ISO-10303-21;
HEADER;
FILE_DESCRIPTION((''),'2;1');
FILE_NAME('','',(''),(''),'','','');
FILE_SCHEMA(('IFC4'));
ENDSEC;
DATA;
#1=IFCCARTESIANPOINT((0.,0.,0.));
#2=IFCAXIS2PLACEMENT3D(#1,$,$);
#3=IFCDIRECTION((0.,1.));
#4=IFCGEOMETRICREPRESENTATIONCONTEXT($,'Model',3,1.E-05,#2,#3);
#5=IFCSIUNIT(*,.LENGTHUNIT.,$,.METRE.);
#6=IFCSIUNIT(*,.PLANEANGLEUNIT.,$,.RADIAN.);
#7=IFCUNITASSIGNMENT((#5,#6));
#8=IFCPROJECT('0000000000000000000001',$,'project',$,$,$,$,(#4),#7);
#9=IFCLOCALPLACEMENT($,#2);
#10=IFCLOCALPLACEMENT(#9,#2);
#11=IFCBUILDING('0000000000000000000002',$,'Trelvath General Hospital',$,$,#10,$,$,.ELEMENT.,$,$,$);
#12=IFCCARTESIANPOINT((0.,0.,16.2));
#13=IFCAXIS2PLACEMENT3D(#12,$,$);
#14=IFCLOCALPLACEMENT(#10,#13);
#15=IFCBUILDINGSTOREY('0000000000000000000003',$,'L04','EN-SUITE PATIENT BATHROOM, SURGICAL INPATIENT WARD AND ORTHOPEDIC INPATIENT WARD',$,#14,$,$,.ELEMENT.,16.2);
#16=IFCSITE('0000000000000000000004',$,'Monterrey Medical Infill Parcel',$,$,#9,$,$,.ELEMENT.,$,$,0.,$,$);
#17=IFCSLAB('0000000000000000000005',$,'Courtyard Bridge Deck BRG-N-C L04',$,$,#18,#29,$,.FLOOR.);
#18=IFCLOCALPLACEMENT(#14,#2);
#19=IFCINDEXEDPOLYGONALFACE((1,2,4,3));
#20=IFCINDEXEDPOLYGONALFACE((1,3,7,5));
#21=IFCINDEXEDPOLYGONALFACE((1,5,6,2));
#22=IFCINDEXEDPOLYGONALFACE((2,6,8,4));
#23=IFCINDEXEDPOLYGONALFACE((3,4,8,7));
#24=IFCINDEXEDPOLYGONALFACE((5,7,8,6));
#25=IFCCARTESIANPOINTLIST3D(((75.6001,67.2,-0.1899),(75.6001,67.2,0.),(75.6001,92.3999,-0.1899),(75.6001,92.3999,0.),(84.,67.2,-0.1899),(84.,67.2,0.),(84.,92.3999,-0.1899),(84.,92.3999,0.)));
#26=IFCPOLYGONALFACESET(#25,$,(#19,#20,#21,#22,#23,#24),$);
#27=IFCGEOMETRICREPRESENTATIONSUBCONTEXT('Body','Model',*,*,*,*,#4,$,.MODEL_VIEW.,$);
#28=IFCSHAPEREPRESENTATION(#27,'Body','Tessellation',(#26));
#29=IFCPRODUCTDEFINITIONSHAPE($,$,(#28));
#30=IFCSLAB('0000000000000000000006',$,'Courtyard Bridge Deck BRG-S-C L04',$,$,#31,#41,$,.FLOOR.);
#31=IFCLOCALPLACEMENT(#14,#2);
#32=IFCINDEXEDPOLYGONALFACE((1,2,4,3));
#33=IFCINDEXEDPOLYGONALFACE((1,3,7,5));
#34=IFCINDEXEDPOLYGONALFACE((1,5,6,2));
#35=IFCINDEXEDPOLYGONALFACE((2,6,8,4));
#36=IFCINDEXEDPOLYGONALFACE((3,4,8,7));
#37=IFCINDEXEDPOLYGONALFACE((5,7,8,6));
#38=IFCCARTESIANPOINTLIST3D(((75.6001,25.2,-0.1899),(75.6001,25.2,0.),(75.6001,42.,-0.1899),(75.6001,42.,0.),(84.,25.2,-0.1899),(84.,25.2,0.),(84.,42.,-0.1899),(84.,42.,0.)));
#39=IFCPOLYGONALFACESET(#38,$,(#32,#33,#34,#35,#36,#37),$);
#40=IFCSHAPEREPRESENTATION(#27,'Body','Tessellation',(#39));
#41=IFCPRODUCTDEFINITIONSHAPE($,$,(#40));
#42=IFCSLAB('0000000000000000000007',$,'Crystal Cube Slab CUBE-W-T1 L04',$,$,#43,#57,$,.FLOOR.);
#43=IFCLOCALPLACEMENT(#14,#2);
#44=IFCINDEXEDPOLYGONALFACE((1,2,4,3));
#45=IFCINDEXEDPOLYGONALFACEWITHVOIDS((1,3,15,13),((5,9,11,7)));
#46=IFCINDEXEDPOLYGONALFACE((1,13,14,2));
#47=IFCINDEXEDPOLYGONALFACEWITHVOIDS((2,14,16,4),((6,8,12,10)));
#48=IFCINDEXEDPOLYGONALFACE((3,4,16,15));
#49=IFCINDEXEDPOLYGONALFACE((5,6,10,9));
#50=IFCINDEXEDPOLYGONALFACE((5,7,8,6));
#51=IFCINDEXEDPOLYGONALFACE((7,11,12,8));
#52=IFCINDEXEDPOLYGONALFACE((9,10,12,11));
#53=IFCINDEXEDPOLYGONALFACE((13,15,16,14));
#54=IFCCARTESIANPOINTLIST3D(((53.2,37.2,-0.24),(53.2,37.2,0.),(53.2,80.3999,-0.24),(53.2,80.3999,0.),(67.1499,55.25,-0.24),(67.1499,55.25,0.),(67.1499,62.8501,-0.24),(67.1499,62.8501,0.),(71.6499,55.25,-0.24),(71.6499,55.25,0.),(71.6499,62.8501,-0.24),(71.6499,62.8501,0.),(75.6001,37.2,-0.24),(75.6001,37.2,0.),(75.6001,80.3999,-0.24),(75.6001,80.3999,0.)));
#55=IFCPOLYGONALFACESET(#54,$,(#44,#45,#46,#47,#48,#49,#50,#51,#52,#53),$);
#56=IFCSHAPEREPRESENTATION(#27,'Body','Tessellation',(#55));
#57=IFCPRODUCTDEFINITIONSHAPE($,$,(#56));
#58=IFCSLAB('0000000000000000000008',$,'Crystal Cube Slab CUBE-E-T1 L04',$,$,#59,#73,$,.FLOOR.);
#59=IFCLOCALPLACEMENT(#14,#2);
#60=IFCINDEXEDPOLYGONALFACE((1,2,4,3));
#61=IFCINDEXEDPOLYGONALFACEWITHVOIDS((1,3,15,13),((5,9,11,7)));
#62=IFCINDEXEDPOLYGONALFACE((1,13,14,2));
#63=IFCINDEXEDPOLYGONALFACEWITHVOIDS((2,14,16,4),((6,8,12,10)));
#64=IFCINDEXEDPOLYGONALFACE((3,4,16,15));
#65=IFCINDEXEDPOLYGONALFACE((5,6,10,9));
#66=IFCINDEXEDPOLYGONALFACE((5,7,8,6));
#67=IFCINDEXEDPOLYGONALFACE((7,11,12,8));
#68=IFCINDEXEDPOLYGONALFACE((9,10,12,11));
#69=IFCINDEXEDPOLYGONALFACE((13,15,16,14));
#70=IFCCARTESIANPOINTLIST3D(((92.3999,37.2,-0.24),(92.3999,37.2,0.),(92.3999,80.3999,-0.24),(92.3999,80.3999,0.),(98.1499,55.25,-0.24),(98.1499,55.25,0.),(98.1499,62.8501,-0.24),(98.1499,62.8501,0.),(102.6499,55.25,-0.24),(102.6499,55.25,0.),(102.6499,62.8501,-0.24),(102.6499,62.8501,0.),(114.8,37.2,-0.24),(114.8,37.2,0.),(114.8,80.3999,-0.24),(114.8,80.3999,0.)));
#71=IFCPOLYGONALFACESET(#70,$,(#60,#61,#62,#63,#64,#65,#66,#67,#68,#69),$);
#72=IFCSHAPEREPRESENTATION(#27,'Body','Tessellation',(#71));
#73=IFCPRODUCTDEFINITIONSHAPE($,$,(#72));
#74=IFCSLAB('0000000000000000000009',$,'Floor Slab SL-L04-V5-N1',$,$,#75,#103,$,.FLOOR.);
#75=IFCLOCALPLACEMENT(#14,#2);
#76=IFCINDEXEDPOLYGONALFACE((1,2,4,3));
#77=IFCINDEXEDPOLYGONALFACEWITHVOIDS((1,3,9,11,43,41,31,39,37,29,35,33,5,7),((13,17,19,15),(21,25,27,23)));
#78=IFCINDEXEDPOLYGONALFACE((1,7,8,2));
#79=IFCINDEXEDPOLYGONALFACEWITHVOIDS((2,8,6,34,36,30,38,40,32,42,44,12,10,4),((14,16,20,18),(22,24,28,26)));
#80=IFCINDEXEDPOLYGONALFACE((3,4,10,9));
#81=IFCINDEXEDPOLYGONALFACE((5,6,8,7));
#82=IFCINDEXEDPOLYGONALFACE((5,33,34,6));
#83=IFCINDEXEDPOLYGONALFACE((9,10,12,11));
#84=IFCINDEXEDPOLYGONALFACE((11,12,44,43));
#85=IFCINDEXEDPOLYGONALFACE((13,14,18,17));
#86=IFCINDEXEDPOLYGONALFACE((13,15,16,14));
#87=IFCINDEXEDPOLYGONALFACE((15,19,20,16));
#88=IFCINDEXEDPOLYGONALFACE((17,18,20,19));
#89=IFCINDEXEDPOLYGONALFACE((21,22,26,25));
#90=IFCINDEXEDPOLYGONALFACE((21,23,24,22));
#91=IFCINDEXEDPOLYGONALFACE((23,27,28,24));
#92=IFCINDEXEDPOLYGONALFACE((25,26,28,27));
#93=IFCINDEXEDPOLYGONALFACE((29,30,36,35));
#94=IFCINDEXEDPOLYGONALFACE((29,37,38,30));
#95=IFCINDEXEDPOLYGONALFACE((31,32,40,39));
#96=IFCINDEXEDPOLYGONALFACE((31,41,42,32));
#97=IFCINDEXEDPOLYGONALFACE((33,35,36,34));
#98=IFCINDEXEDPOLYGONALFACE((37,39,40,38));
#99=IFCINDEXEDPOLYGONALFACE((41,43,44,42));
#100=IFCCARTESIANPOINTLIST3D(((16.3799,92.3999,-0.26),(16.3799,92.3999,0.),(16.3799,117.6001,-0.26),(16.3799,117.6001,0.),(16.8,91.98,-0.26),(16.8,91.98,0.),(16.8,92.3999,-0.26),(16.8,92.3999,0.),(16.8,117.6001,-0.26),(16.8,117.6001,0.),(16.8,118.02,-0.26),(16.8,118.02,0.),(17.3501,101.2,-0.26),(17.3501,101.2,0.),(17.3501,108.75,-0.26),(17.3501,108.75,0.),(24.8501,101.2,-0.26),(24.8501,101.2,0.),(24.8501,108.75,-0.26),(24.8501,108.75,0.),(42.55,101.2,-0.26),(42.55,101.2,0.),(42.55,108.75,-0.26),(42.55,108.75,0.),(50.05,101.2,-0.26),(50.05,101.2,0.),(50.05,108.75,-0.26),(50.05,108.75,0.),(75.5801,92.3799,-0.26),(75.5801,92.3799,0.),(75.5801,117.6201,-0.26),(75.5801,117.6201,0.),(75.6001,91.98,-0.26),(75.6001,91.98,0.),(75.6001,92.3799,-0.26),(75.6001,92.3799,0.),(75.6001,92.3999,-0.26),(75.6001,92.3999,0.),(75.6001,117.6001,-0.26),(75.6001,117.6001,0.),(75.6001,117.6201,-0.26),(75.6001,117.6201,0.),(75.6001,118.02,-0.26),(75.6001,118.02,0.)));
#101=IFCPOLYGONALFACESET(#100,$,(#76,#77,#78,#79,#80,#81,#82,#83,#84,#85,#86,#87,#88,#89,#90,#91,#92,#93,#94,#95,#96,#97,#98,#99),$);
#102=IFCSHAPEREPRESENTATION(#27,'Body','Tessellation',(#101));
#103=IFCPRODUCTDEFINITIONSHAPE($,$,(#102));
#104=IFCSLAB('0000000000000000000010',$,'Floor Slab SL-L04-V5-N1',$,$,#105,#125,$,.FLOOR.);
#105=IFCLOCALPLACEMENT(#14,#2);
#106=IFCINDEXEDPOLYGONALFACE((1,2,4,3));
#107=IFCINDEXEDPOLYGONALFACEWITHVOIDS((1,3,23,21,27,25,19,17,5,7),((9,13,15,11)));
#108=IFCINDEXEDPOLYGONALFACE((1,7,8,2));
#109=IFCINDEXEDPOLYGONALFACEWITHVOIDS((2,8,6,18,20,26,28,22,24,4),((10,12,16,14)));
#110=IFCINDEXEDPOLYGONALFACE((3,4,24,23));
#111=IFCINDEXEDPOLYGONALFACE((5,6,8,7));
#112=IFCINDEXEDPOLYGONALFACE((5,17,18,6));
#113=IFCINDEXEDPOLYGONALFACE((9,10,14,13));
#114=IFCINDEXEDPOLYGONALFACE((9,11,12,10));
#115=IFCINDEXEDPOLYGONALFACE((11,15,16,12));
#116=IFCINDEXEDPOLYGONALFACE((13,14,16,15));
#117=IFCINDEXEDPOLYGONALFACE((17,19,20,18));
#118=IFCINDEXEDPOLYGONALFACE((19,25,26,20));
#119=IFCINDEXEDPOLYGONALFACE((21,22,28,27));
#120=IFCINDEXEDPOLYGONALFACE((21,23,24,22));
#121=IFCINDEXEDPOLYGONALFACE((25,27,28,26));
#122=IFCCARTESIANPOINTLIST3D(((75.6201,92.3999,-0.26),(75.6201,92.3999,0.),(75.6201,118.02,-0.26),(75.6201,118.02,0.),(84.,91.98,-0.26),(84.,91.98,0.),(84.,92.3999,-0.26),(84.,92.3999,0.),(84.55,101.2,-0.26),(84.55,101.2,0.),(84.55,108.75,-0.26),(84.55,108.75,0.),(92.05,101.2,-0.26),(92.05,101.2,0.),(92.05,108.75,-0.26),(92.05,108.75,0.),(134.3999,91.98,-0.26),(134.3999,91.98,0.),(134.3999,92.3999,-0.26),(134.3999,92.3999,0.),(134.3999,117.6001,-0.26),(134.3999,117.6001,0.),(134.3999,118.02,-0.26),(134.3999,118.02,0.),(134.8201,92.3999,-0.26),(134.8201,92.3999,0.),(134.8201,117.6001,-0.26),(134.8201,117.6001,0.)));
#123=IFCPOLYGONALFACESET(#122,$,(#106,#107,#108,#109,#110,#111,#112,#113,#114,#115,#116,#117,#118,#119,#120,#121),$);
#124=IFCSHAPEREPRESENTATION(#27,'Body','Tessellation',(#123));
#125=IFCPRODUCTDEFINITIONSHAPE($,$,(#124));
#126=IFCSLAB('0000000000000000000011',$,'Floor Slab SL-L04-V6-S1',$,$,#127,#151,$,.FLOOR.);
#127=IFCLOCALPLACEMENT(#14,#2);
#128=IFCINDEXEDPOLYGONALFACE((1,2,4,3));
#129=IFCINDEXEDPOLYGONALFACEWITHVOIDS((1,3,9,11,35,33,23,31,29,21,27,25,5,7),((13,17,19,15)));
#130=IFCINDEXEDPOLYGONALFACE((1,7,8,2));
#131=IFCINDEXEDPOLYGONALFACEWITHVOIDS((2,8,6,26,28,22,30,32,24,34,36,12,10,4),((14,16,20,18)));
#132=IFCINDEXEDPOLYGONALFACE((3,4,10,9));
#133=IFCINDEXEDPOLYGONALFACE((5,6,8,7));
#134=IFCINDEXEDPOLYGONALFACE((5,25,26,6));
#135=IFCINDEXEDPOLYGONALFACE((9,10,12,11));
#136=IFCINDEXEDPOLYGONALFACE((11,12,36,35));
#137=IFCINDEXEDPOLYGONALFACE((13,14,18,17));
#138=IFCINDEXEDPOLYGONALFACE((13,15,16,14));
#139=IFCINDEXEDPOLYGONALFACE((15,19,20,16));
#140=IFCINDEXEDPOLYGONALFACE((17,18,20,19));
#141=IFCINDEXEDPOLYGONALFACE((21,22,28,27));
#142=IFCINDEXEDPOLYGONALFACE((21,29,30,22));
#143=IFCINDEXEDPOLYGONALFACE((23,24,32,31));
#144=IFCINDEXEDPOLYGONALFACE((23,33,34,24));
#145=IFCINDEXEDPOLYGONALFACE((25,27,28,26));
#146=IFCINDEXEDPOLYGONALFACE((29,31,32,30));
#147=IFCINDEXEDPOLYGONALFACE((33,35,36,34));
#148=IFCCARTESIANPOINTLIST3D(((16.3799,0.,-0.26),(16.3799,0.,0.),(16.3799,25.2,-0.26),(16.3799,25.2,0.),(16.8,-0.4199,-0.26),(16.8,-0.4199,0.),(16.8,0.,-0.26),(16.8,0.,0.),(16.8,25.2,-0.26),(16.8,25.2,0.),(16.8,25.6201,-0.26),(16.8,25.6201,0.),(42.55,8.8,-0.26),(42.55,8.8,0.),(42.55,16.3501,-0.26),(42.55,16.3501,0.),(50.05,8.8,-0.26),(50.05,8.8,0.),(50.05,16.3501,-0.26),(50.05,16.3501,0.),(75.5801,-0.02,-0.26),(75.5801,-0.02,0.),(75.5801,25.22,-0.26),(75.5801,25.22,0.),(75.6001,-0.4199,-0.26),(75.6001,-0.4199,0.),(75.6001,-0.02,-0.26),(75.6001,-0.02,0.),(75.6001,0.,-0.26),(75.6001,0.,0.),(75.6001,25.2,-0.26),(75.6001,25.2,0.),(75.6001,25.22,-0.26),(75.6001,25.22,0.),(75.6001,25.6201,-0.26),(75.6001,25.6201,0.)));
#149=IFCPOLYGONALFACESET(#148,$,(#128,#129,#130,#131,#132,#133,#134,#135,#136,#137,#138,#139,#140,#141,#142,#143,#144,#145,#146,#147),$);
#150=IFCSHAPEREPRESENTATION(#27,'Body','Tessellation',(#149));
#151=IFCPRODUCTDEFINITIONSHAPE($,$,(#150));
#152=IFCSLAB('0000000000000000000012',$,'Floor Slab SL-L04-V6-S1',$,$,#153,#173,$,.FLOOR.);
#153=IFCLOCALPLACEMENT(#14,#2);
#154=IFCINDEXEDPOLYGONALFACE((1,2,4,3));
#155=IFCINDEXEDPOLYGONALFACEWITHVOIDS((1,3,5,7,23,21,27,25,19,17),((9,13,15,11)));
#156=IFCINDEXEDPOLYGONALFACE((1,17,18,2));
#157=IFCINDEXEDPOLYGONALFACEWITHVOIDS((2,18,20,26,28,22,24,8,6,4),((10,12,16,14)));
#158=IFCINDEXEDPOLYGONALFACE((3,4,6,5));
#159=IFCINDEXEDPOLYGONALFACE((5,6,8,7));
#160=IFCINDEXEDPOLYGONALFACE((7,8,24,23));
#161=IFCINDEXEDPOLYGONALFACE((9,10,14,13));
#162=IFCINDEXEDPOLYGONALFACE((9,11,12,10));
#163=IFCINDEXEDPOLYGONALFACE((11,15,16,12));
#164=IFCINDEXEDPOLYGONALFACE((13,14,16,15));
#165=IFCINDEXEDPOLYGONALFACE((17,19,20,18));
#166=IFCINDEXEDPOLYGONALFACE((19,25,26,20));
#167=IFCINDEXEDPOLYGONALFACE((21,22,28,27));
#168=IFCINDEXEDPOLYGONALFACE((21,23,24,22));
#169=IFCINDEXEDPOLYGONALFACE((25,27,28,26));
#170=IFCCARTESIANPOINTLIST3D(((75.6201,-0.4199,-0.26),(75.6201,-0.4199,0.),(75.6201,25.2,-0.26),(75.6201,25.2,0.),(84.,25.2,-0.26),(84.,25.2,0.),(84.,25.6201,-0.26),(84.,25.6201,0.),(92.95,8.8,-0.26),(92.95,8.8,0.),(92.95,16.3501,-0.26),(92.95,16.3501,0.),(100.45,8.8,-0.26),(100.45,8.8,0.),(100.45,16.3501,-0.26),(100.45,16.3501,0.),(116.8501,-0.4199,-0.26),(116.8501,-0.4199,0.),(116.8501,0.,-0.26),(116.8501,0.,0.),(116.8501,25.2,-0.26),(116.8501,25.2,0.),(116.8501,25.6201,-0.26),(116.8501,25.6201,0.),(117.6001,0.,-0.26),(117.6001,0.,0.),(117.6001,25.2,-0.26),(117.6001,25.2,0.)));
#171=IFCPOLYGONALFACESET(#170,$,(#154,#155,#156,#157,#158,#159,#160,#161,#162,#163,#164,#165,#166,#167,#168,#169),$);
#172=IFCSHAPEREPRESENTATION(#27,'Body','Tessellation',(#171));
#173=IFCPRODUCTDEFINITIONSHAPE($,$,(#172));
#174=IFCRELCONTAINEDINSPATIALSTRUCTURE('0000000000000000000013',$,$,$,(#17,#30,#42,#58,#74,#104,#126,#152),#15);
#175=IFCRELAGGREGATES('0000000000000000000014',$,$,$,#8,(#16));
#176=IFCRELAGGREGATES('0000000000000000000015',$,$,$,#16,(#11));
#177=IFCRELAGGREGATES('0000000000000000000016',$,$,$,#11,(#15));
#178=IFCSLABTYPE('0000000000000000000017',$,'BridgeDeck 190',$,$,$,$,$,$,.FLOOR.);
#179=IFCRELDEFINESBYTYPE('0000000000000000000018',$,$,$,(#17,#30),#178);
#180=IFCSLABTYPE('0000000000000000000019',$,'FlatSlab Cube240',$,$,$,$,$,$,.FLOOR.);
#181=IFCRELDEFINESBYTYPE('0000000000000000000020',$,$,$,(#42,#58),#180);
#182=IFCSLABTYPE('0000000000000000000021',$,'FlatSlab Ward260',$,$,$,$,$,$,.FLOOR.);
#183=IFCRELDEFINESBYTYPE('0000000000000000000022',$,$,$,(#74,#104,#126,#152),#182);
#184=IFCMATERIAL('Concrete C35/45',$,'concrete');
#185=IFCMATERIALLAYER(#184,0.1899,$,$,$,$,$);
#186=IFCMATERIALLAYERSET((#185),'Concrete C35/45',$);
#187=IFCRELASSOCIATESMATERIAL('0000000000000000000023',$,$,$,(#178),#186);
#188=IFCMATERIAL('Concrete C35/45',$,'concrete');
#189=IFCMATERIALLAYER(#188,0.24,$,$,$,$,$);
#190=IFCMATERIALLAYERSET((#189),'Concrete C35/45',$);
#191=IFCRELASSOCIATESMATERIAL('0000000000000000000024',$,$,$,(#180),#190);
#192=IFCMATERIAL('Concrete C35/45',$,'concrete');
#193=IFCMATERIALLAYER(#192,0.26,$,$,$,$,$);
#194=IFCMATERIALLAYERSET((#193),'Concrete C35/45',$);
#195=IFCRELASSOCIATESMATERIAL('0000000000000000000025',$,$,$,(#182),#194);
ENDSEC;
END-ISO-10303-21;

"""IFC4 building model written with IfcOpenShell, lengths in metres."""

from ifc_helpers import new_model, si_unit, direction, frame, origin, place, context, subcontext, project, spatial, polyline, outline, extrude, material, layer, layer_set, type_object, element, save


model = new_model("IFC4")

# Units and contexts
model_context = context("Model", 3, precision=1e-05, world=origin(), true_north=direction((0.0, 1.0)))
body_context = subcontext(model_context, "Body", "Model", "MODEL_VIEW")
ifc_project = project(units=[si_unit("LENGTHUNIT", "METRE"), si_unit("PLANEANGLEUNIT", "RADIAN")], contexts=[model_context])

# Site, building, storey
site_placement = place(None, origin())
site = spatial("IfcSite", under=ifc_project, at=site_placement, Name="Monterrey Medical Infill Parcel", CompositionType="ELEMENT", RefElevation=0.0)
building_placement = place(site_placement, origin())
building = spatial("IfcBuilding", under=site, at=building_placement, Name="Trelvath General Hospital", CompositionType="ELEMENT")
storey_placement = place(building_placement, frame((0.0, 0.0, 16.2)))
storey = spatial("IfcBuildingStorey", under=building, at=storey_placement, Name="L04", Description="EN-SUITE PATIENT BATHROOM, SURGICAL INPATIENT WARD AND ORTHOPEDIC INPATIENT WARD", CompositionType="ELEMENT", Elevation=16.2)

# Slabs
ifc_material_1 = material(Name="Concrete C35/45", Category="concrete")
ifc_layer_1 = layer(ifc_material_1, 0.1899)
ifc_layer_set_1 = layer_set([ifc_layer_1], Name="Concrete C35/45")
slab_type_1 = type_object("IfcSlabType", Name="BridgeDeck 190", PredefinedType="FLOOR", material=ifc_layer_set_1)
slab_1_placement = place(storey_placement, frame((0.0, 0.0, -0.1899)))
element("IfcSlab", 1, at=slab_1_placement, inside=storey, type_object=slab_type_1, Name="Courtyard Bridge Deck BRG-N-C L04", PredefinedType="FLOOR", context=body_context, shape_type="SweptSolid", body=[
    extrude(outline(polyline([(75.6001, 67.2), (84.0, 67.2), (84.0, 92.3999), (75.6001, 92.3999), (75.6001, 67.2)])), origin(), (0.0, 0.0, 1.0), 0.1899),
])
slab_2_placement = place(storey_placement, frame((0.0, 0.0, -0.1899)))
element("IfcSlab", 2, at=slab_2_placement, inside=storey, type_object=slab_type_1, Name="Courtyard Bridge Deck BRG-S-C L04", PredefinedType="FLOOR", context=body_context, shape_type="SweptSolid", body=[
    extrude(outline(polyline([(75.6001, 25.2), (84.0, 25.2), (84.0, 42.0), (75.6001, 42.0), (75.6001, 25.2)])), origin(), (0.0, 0.0, 1.0), 0.1899),
])
ifc_material_2 = material(Name="Concrete C35/45", Category="concrete")
ifc_layer_2 = layer(ifc_material_2, 0.24)
ifc_layer_set_2 = layer_set([ifc_layer_2], Name="Concrete C35/45")
slab_type_2 = type_object("IfcSlabType", Name="FlatSlab Cube240", PredefinedType="FLOOR", material=ifc_layer_set_2)
slab_3_placement = place(storey_placement, frame((0.0, 0.0, -0.24)))
element("IfcSlab", 3, at=slab_3_placement, inside=storey, type_object=slab_type_2, Name="Crystal Cube Slab CUBE-W-T1 L04", PredefinedType="FLOOR", context=body_context, shape_type="SweptSolid", body=[
    extrude(outline(polyline([(53.2, 37.2), (75.6001, 37.2), (75.6001, 80.3999), (53.2, 80.3999), (53.2, 37.2)]), holes=[polyline([(67.1499, 55.25), (71.6499, 55.25), (71.6499, 62.8501), (67.1499, 62.8501), (67.1499, 55.25)])]), origin(), (0.0, 0.0, 1.0), 0.24),
])
slab_4_placement = place(storey_placement, frame((0.0, 0.0, -0.24)))
element("IfcSlab", 4, at=slab_4_placement, inside=storey, type_object=slab_type_2, Name="Crystal Cube Slab CUBE-E-T1 L04", PredefinedType="FLOOR", context=body_context, shape_type="SweptSolid", body=[
    extrude(outline(polyline([(92.3999, 37.2), (114.8, 37.2), (114.8, 80.3999), (92.3999, 80.3999), (92.3999, 37.2)]), holes=[polyline([(98.1499, 55.25), (102.6499, 55.25), (102.6499, 62.8501), (98.1499, 62.8501), (98.1499, 55.25)])]), origin(), (0.0, 0.0, 1.0), 0.24),
])
ifc_material_3 = material(Name="Concrete C35/45", Category="concrete")
ifc_layer_3 = layer(ifc_material_3, 0.26)
ifc_layer_set_3 = layer_set([ifc_layer_3], Name="Concrete C35/45")
slab_type_3 = type_object("IfcSlabType", Name="FlatSlab Ward260", PredefinedType="FLOOR", material=ifc_layer_set_3)
slab_5_placement = place(storey_placement, frame((0.0, 0.0, -0.26)))
element("IfcSlab", 5, at=slab_5_placement, inside=storey, type_object=slab_type_3, Name="Floor Slab SL-L04-V5-N1", PredefinedType="FLOOR", context=body_context, shape_type="SweptSolid", body=[
    extrude(outline(polyline([(75.5801, 92.3799), (75.6001, 92.3799), (75.6001, 91.98), (16.8, 91.98), (16.8, 92.3999), (16.3799, 92.3999), (16.3799, 117.6001), (16.8, 117.6001), (16.8, 118.02), (75.6001, 118.02), (75.6001, 117.6201), (75.5801, 117.6201), (75.6001, 117.6001), (75.6001, 92.3999), (75.5801, 92.3799)]), holes=[polyline([(17.3501, 101.2), (24.8501, 101.2), (24.8501, 108.75), (17.3501, 108.75), (17.3501, 101.2)]), polyline([(42.55, 101.2), (50.05, 101.2), (50.05, 108.75), (42.55, 108.75), (42.55, 101.2)])]), origin(), (0.0, 0.0, 1.0), 0.26),
])
slab_6_placement = place(storey_placement, frame((0.0, 0.0, -0.26)))
element("IfcSlab", 6, at=slab_6_placement, inside=storey, type_object=slab_type_3, Name="Floor Slab SL-L04-V5-N1", PredefinedType="FLOOR", context=body_context, shape_type="SweptSolid", body=[
    extrude(outline(polyline([(75.6201, 92.3999), (75.6201, 118.02), (134.3999, 118.02), (134.3999, 117.6001), (134.8201, 117.6001), (134.8201, 92.3999), (134.3999, 92.3999), (134.3999, 91.98), (84.0, 91.98), (84.0, 92.3999), (75.6201, 92.3999)]), holes=[polyline([(84.55, 101.2), (92.05, 101.2), (92.05, 108.75), (84.55, 108.75), (84.55, 101.2)])]), origin(), (0.0, 0.0, 1.0), 0.26),
])
slab_7_placement = place(storey_placement, frame((0.0, 0.0, -0.26)))
element("IfcSlab", 7, at=slab_7_placement, inside=storey, type_object=slab_type_3, Name="Floor Slab SL-L04-V6-S1", PredefinedType="FLOOR", context=body_context, shape_type="SweptSolid", body=[
    extrude(outline(polyline([(75.6001, -0.02), (75.6001, -0.4199), (16.8, -0.4199), (16.8, 0.0), (16.3799, 0.0), (16.3799, 25.2), (16.8, 25.2), (16.8, 25.6201), (75.6001, 25.6201), (75.6001, 25.22), (75.5801, 25.22), (75.6001, 25.2), (75.6001, 0.0), (75.5801, -0.02), (75.6001, -0.02)]), holes=[polyline([(42.55, 8.8), (50.05, 8.8), (50.05, 16.3501), (42.55, 16.3501), (42.55, 8.8)])]), origin(), (0.0, 0.0, 1.0), 0.26),
])
slab_8_placement = place(storey_placement, frame((0.0, 0.0, -0.26)))
element("IfcSlab", 8, at=slab_8_placement, inside=storey, type_object=slab_type_3, Name="Floor Slab SL-L04-V6-S1", PredefinedType="FLOOR", context=body_context, shape_type="SweptSolid", body=[
    extrude(outline(polyline([(116.8501, -0.4199), (75.6201, -0.4199), (75.6201, 25.2), (84.0, 25.2), (84.0, 25.6201), (116.8501, 25.6201), (116.8501, 25.2), (117.6001, 25.2), (117.6001, 0.0), (116.8501, 0.0), (116.8501, -0.4199)]), holes=[polyline([(92.95, 8.8), (100.45, 8.8), (100.45, 16.3501), (92.95, 16.3501), (92.95, 8.8)])]), origin(), (0.0, 0.0, 1.0), 0.26),
])

save(model, "model.ifc")
